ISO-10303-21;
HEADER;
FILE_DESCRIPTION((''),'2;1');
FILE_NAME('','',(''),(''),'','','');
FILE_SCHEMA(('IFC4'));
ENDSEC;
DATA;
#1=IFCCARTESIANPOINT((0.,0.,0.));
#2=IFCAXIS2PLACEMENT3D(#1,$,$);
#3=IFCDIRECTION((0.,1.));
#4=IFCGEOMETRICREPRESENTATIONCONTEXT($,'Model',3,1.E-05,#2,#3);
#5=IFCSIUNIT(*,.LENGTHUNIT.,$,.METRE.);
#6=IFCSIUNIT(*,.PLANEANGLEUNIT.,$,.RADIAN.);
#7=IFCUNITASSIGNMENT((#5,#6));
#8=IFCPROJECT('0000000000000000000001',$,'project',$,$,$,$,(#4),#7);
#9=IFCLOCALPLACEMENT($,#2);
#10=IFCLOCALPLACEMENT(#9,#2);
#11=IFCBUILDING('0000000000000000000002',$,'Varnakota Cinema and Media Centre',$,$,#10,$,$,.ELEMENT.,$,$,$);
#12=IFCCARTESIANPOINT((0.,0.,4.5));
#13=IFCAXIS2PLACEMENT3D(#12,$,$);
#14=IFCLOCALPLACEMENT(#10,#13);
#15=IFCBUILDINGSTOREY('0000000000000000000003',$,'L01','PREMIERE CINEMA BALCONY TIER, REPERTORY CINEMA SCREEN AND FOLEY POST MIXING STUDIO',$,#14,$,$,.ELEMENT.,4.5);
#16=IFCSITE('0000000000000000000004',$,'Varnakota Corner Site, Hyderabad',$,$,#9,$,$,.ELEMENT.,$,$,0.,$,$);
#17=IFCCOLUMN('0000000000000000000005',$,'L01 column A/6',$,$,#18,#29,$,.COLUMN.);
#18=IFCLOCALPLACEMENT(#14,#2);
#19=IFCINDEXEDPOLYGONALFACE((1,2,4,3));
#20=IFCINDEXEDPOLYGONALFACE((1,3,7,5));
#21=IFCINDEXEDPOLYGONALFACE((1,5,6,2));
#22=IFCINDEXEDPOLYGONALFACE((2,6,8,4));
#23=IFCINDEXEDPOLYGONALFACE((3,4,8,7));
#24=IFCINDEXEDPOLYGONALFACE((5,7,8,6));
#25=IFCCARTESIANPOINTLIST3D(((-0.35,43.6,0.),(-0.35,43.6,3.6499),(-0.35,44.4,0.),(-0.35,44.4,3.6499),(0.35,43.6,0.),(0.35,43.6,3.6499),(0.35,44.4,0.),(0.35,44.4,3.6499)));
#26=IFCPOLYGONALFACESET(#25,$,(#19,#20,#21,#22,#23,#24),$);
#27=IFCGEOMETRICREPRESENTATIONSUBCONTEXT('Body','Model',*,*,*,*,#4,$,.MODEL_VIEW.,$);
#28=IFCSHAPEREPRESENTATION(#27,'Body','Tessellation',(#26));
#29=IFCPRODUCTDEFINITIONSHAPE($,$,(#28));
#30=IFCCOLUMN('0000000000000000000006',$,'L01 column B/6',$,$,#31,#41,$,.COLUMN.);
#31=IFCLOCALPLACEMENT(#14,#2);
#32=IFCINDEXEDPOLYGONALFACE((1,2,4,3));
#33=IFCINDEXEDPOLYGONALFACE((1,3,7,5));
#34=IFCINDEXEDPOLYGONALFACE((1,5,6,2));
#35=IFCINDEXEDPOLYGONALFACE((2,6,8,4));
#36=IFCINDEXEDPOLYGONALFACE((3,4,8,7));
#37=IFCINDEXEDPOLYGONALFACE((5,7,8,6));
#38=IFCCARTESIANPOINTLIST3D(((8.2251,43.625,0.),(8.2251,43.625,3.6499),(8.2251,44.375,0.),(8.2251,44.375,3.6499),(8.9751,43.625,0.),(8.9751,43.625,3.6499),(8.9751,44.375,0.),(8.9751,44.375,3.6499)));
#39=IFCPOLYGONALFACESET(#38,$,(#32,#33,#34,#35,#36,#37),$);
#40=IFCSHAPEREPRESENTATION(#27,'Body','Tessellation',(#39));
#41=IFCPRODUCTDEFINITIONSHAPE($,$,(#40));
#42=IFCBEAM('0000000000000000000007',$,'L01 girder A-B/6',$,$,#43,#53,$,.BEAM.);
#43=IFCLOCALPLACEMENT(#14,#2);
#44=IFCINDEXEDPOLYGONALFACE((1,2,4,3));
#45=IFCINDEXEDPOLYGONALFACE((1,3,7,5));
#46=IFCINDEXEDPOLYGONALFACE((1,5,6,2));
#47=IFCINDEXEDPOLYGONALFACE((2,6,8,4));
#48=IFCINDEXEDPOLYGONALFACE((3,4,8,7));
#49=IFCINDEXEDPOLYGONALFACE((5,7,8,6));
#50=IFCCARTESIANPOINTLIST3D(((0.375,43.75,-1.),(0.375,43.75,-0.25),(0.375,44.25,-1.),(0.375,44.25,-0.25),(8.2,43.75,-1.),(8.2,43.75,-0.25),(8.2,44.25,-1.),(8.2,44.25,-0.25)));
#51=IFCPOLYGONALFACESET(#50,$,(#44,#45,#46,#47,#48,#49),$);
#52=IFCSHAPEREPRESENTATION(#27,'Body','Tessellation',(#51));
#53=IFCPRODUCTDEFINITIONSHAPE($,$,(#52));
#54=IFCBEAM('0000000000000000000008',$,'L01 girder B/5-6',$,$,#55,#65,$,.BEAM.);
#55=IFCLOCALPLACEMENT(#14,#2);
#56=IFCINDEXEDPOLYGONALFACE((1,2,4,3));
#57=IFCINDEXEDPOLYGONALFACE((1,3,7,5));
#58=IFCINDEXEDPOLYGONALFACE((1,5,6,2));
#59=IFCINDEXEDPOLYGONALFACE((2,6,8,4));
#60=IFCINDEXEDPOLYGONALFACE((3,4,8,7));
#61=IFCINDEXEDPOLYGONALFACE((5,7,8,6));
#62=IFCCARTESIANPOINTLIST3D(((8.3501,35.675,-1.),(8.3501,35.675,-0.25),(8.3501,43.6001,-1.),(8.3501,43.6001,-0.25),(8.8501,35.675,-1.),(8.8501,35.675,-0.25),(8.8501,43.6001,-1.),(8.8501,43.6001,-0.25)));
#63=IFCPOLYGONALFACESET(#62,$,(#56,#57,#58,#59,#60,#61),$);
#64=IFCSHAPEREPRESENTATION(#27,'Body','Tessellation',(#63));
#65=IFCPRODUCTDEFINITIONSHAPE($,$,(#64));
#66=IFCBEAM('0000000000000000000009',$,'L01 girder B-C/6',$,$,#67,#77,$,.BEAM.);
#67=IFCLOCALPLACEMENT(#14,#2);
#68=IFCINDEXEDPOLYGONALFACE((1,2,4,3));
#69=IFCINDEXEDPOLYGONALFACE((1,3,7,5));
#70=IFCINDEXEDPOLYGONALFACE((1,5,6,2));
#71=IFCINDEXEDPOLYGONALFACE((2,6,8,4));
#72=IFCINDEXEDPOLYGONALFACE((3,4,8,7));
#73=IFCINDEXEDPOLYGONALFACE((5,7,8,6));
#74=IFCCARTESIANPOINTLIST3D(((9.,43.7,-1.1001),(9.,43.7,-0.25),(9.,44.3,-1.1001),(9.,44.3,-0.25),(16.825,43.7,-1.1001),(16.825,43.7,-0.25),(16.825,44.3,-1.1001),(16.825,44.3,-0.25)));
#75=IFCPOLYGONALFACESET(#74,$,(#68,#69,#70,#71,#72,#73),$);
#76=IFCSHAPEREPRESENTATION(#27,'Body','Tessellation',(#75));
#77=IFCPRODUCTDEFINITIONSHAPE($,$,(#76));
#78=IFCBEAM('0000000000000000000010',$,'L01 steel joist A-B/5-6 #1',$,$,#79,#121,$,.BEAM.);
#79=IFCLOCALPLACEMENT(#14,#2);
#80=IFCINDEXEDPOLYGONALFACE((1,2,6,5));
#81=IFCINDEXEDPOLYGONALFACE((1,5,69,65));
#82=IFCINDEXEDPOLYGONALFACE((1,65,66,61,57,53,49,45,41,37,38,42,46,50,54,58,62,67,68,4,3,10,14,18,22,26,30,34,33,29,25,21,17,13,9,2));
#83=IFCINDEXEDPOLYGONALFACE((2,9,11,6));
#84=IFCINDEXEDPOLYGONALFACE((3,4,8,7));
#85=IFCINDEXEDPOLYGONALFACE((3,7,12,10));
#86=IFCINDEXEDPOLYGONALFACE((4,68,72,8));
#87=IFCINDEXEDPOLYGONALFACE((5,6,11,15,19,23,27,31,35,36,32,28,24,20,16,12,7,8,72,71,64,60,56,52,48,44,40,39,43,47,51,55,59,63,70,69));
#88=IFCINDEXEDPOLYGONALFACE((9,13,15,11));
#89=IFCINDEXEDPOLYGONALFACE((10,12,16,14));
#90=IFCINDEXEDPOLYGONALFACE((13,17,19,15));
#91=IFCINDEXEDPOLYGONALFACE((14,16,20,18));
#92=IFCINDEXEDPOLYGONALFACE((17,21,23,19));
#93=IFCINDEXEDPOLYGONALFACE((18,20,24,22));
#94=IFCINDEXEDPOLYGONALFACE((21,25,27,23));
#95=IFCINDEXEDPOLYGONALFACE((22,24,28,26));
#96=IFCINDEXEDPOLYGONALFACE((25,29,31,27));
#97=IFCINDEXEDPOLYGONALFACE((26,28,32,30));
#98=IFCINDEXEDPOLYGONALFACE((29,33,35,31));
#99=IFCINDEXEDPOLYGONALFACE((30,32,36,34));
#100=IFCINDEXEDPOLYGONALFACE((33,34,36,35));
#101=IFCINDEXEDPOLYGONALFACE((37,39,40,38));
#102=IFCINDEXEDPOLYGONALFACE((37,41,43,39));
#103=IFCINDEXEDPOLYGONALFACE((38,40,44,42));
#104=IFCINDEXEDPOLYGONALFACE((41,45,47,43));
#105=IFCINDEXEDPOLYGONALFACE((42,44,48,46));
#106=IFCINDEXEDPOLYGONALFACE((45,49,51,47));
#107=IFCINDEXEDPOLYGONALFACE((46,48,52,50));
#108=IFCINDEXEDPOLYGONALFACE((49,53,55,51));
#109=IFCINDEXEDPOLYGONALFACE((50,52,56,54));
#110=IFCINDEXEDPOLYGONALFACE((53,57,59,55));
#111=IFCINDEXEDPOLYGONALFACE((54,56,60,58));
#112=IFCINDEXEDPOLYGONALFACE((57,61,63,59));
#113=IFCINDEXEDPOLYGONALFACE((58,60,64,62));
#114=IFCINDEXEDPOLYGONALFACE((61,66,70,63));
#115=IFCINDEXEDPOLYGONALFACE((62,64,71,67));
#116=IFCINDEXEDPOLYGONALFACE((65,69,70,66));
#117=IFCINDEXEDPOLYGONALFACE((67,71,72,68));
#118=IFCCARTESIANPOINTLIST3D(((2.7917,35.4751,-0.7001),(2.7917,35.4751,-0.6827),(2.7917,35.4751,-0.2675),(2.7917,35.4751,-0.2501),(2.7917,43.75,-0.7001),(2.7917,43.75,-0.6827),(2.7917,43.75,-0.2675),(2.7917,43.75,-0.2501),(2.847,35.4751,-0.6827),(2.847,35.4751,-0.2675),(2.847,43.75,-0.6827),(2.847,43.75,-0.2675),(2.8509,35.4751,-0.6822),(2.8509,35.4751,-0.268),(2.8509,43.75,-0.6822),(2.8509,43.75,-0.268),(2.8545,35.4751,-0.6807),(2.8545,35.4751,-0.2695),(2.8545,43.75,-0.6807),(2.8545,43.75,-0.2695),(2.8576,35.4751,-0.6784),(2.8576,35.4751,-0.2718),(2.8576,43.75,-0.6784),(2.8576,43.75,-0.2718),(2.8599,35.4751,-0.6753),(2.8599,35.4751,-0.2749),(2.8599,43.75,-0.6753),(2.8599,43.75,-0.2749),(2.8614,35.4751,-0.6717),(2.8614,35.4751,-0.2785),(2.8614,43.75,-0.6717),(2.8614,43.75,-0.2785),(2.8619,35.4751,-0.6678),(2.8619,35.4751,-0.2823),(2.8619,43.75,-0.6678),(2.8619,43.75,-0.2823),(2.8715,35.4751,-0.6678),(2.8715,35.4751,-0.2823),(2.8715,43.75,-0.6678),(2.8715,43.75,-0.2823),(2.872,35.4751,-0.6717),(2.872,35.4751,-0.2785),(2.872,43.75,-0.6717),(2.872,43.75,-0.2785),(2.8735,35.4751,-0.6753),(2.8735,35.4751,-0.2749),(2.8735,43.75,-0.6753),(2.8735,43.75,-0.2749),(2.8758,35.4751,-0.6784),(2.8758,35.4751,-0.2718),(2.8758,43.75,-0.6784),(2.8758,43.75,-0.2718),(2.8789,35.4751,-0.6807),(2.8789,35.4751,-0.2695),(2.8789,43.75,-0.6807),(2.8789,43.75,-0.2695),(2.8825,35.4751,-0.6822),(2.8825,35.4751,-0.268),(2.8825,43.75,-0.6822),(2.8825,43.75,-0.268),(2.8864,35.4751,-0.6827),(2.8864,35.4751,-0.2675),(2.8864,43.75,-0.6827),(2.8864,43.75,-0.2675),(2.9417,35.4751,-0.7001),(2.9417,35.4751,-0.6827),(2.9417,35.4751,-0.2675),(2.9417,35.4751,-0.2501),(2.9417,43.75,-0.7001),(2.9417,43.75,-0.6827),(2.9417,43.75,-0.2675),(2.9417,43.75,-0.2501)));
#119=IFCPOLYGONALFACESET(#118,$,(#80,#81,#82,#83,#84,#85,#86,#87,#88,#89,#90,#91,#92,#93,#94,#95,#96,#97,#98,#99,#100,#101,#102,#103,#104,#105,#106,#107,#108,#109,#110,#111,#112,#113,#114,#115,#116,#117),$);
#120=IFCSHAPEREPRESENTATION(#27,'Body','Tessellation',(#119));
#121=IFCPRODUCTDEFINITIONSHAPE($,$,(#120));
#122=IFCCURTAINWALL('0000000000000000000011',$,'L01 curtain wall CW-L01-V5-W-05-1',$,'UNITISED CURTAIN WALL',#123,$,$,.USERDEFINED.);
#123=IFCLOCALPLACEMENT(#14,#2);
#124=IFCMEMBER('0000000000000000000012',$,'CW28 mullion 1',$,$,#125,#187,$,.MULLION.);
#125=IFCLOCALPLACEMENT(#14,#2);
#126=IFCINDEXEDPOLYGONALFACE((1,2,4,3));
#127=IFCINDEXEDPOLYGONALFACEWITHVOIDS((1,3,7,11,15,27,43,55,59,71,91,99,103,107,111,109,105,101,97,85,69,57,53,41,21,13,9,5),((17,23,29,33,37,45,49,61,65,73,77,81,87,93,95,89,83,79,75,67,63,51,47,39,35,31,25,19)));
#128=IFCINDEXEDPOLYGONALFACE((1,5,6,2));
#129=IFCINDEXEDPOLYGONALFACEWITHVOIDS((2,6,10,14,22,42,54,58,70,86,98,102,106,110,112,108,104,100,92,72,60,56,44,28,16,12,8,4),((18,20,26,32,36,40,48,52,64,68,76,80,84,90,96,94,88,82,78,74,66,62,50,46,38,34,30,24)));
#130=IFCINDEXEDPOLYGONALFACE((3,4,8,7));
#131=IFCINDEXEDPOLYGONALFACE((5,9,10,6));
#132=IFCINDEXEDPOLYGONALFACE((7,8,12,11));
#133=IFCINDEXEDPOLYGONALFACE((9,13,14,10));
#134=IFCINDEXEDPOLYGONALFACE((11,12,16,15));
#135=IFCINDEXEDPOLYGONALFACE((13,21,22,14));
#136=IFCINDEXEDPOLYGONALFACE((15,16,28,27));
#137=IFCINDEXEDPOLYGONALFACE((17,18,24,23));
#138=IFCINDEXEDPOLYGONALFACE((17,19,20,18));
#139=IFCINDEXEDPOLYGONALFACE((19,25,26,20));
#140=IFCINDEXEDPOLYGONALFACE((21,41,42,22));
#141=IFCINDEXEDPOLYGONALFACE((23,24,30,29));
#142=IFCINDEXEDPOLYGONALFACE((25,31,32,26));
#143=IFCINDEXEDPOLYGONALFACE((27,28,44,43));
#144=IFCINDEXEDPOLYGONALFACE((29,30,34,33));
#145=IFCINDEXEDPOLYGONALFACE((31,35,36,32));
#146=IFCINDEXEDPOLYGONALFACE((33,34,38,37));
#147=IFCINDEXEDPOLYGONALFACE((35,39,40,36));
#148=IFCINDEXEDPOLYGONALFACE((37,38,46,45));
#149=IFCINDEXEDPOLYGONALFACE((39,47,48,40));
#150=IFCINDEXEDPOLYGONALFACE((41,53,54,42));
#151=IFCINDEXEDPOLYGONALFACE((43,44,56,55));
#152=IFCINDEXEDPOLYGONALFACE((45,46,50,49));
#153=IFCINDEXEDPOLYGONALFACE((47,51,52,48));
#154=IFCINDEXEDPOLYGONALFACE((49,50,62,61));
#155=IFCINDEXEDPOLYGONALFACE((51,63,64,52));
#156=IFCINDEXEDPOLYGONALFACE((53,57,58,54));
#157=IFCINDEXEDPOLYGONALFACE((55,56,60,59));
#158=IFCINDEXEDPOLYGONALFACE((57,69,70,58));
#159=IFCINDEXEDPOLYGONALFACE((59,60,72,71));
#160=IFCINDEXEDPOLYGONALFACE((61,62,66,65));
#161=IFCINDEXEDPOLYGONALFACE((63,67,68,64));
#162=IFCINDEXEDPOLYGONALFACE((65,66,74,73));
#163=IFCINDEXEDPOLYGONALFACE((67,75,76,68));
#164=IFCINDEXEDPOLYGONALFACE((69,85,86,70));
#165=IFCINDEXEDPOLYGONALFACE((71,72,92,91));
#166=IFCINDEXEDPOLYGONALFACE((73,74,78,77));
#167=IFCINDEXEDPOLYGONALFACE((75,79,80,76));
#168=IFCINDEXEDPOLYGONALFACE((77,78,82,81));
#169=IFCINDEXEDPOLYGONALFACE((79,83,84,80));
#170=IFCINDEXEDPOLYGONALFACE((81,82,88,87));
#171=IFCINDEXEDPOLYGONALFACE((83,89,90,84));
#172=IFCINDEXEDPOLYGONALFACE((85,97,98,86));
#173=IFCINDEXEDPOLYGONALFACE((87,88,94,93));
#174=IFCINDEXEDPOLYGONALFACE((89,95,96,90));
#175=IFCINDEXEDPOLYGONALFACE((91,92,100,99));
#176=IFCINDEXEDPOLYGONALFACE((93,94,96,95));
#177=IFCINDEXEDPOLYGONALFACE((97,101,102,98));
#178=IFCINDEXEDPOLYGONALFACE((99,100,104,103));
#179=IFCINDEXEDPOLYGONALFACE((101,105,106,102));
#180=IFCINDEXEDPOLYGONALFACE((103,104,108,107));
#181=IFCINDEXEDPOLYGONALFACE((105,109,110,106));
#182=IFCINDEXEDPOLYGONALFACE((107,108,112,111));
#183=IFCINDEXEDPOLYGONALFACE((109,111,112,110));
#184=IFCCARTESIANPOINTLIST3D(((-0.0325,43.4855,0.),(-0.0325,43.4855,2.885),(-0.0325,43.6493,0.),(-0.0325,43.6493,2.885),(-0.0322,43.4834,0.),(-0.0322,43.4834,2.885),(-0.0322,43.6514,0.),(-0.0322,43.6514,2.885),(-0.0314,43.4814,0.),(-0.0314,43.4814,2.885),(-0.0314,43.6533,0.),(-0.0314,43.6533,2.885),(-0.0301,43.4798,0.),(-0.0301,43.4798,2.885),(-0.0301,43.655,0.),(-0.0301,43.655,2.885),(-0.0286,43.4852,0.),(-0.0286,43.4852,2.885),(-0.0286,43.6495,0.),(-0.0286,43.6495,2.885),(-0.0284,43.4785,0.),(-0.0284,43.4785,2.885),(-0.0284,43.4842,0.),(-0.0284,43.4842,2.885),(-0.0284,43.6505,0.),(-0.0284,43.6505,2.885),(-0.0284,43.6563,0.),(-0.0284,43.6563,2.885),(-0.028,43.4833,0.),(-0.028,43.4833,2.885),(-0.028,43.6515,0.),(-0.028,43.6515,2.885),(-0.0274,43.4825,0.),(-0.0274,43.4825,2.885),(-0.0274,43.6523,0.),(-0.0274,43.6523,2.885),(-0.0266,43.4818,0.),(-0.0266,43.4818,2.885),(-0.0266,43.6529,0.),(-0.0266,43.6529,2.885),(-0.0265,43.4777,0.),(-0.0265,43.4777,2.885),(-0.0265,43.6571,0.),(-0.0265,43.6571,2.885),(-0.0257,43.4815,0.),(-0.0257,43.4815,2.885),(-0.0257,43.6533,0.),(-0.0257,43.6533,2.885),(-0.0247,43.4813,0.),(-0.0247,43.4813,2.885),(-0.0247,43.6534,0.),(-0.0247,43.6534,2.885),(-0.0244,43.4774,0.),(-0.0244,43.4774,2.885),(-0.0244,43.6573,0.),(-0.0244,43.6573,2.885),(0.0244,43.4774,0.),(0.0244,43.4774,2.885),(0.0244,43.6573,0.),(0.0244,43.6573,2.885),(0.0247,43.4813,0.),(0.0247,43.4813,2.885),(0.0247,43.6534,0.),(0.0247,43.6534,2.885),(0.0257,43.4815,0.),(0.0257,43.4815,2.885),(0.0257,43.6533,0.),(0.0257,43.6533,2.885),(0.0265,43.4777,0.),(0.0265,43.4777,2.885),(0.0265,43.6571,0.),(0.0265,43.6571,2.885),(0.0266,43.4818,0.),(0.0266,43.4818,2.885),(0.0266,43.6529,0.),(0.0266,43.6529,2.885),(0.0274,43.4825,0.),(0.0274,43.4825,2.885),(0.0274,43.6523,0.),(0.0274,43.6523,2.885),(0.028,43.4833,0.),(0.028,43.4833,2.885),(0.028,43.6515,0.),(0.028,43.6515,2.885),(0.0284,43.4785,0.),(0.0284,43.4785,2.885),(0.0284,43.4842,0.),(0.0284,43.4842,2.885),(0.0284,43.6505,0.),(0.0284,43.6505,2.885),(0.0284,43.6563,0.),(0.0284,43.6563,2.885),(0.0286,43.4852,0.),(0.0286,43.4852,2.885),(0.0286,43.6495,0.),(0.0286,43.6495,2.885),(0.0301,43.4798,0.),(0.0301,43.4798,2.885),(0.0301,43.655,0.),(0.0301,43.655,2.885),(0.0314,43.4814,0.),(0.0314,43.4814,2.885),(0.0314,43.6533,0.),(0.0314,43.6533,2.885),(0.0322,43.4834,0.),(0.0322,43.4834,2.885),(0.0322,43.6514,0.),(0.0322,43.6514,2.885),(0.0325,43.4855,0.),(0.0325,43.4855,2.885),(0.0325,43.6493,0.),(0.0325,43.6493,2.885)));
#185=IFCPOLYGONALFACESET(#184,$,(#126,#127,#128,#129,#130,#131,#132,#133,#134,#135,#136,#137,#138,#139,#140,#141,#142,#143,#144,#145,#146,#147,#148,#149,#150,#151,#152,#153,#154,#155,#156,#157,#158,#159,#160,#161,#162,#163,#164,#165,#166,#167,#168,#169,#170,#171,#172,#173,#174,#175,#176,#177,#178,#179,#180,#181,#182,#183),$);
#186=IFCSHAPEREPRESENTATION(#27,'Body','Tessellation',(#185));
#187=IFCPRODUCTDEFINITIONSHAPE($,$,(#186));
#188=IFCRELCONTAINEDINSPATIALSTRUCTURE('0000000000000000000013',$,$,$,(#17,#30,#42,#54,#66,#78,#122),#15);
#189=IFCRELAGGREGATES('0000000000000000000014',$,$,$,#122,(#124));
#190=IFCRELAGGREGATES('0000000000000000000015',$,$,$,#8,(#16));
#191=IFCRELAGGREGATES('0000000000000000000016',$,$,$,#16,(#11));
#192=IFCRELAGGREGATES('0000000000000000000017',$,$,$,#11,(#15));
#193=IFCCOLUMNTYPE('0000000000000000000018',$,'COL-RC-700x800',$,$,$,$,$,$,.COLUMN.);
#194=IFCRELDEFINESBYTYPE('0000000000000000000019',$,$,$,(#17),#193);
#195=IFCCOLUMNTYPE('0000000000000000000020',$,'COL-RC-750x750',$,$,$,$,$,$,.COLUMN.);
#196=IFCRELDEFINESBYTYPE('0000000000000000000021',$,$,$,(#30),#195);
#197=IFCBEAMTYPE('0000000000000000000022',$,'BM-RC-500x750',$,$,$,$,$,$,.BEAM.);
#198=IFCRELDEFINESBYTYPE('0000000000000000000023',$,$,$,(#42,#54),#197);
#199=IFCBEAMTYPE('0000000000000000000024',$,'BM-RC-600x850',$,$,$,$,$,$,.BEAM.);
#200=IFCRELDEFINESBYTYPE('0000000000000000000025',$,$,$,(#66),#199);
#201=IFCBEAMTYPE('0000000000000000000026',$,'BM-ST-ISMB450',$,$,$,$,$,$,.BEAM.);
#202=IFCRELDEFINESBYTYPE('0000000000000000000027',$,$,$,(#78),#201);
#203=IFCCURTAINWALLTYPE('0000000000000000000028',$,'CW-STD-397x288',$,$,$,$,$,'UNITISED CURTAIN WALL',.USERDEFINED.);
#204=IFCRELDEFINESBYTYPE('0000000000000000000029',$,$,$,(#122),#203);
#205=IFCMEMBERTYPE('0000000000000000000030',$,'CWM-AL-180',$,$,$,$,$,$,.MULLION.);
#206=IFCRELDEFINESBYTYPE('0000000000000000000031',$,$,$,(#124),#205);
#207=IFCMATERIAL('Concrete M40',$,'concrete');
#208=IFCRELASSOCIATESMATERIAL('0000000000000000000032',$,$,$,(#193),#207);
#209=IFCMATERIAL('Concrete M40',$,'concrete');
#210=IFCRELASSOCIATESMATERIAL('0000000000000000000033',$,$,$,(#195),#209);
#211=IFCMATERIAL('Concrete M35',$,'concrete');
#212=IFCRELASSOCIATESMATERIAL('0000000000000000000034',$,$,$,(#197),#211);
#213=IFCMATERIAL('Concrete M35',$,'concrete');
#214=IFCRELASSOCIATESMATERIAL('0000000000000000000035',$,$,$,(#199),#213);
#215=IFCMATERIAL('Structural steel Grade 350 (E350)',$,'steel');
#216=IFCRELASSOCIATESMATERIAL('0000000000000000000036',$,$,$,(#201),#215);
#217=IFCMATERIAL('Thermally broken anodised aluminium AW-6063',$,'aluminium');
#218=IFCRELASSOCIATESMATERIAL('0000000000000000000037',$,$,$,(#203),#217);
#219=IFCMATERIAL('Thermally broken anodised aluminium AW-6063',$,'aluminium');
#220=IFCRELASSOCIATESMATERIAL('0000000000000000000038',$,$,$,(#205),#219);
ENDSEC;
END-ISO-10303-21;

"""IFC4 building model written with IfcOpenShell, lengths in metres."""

from ifc_helpers import new_model, si_unit, direction, frame, origin, origin_2d, place, context, subcontext, project, spatial, rectangle, hollow_rectangle, i_section, extrude, material, material_profile, profile_set, type_object, element, aggregate, save


model = new_model("IFC4")

# Units and contexts
model_context = context("Model", 3, precision=1e-05, world=origin(), true_north=direction((0.0, 1.0)))
body_context = subcontext(model_context, "Body", "Model", "MODEL_VIEW")
ifc_project = project(units=[si_unit("LENGTHUNIT", "METRE"), si_unit("PLANEANGLEUNIT", "RADIAN")], contexts=[model_context])

# Site, building, storey
site_placement = place(None, origin())
site = spatial("IfcSite", under=ifc_project, at=site_placement, Name="Varnakota Corner Site, Hyderabad", CompositionType="ELEMENT", RefElevation=0.0)
building_placement = place(site_placement, origin())
building = spatial("IfcBuilding", under=site, at=building_placement, Name="Varnakota Cinema and Media Centre", CompositionType="ELEMENT")
storey_placement = place(building_placement, frame((0.0, 0.0, 4.5)))
storey = spatial("IfcBuildingStorey", under=building, at=storey_placement, Name="L01", Description="PREMIERE CINEMA BALCONY TIER, REPERTORY CINEMA SCREEN AND FOLEY POST MIXING STUDIO", CompositionType="ELEMENT", Elevation=4.5)

# Columns
ifc_material_1 = material(Name="Concrete M40", Category="concrete")
ifc_material_profile_1 = material_profile(ifc_material_1, rectangle(XDim=0.7, YDim=0.8, at=origin_2d()), Name="RC 700x800")
ifc_profile_set_1 = profile_set([ifc_material_profile_1], Name="Concrete M40")
column_type_1 = type_object("IfcColumnType", Name="COL-RC-700x800", PredefinedType="COLUMN", material=ifc_profile_set_1)
column_1_placement = place(storey_placement, frame((0.0, 44.0, 0.0), z_axis=(0.0, 0.0, 1.0), x_axis=(1.0, 0.0, 0.0)))
element("IfcColumn", 1, at=column_1_placement, inside=storey, type_object=column_type_1, Name="L01 column A/6", PredefinedType="COLUMN", context=body_context, shape_type="SweptSolid", body=[
    extrude(rectangle(XDim=0.7, YDim=0.8, at=origin_2d()), origin(), (0.0, 0.0, 1.0), 3.6499),
])
ifc_material_2 = material(Name="Concrete M40", Category="concrete")
ifc_material_profile_2 = material_profile(ifc_material_2, rectangle(XDim=0.75, YDim=0.75, at=origin_2d()), Name="RC 750x750")
ifc_profile_set_2 = profile_set([ifc_material_profile_2], Name="Concrete M40")
column_type_2 = type_object("IfcColumnType", Name="COL-RC-750x750", PredefinedType="COLUMN", material=ifc_profile_set_2)
column_2_placement = place(storey_placement, frame((8.6001, 44.0, 0.0), z_axis=(0.0, 0.0, 1.0), x_axis=(1.0, 0.0, 0.0)))
element("IfcColumn", 2, at=column_2_placement, inside=storey, type_object=column_type_2, Name="L01 column B/6", PredefinedType="COLUMN", context=body_context, shape_type="SweptSolid", body=[
    extrude(rectangle(XDim=0.75, YDim=0.75, at=origin_2d()), origin(), (0.0, 0.0, 1.0), 3.6499),
])

# Beams
ifc_material_3 = material(Name="Concrete M35", Category="concrete")
ifc_material_profile_3 = material_profile(ifc_material_3, rectangle(XDim=0.5, YDim=0.75, at=origin_2d()), Name="RCB 500x750")
ifc_profile_set_3 = profile_set([ifc_material_profile_3], Name="Concrete M35")
beam_type_1 = type_object("IfcBeamType", Name="BM-RC-500x750", PredefinedType="BEAM", material=ifc_profile_set_3)
beam_1_placement = place(storey_placement, frame((0.375, 44.0, -0.625), z_axis=(1.0, 0.0, 0.0), x_axis=(0.0, 1.0, 0.0)))
element("IfcBeam", 3, at=beam_1_placement, inside=storey, type_object=beam_type_1, Name="L01 girder A-B/6", PredefinedType="BEAM", context=body_context, shape_type="SweptSolid", body=[
    extrude(rectangle(XDim=0.5, YDim=0.75, at=origin_2d()), origin(), (0.0, 0.0, 1.0), 7.825),
])
beam_2_placement = place(storey_placement, frame((8.6001, 35.675, -0.625), z_axis=(0.0, 1.0, 0.0), x_axis=(-1.0, 0.0, 0.0)))
element("IfcBeam", 4, at=beam_2_placement, inside=storey, type_object=beam_type_1, Name="L01 girder B/5-6", PredefinedType="BEAM", context=body_context, shape_type="SweptSolid", body=[
    extrude(rectangle(XDim=0.5, YDim=0.75, at=origin_2d()), origin(), (0.0, 0.0, 1.0), 7.925),
])
ifc_material_4 = material(Name="Concrete M35", Category="concrete")
ifc_material_profile_4 = material_profile(ifc_material_4, rectangle(XDim=0.6001, YDim=0.8501, at=origin_2d()), Name="RCB 600x850")
ifc_profile_set_4 = profile_set([ifc_material_profile_4], Name="Concrete M35")
beam_type_2 = type_object("IfcBeamType", Name="BM-RC-600x850", PredefinedType="BEAM", material=ifc_profile_set_4)
beam_3_placement = place(storey_placement, frame((9.0, 44.0, -0.675), z_axis=(1.0, 0.0, 0.0), x_axis=(0.0, 1.0, 0.0)))
element("IfcBeam", 5, at=beam_3_placement, inside=storey, type_object=beam_type_2, Name="L01 girder B-C/6", PredefinedType="BEAM", context=body_context, shape_type="SweptSolid", body=[
    extrude(rectangle(XDim=0.6001, YDim=0.8501, at=origin_2d()), origin(), (0.0, 0.0, 1.0), 7.825),
])
ifc_material_5 = material(Name="Structural steel Grade 350 (E350)", Category="steel")
ifc_material_profile_5 = material_profile(ifc_material_5, i_section(OverallWidth=0.1499, OverallDepth=0.45, WebThickness=0.0095, FlangeThickness=0.0173, FilletRadius=0.0149, at=origin_2d()), Name="ISMB 450")
ifc_profile_set_5 = profile_set([ifc_material_profile_5], Name="Structural steel Grade 350 (E350)")
beam_type_3 = type_object("IfcBeamType", Name="BM-ST-ISMB450", PredefinedType="BEAM", material=ifc_profile_set_5)
beam_4_placement = place(storey_placement, frame((2.8667, 35.4751, -0.4751), z_axis=(0.0, 1.0, 0.0), x_axis=(-1.0, 0.0, 0.0)))
element("IfcBeam", 6, at=beam_4_placement, inside=storey, type_object=beam_type_3, Name="L01 steel joist A-B/5-6 #1", PredefinedType="BEAM", context=body_context, shape_type="SweptSolid", body=[
    extrude(i_section(OverallWidth=0.1499, OverallDepth=0.45, WebThickness=0.0095, FlangeThickness=0.0173, FilletRadius=0.0149, at=origin_2d()), origin(), (0.0, 0.0, 1.0), 8.2749),
])

# Curtain wall, member
ifc_material_6 = material(Name="Thermally broken anodised aluminium AW-6063", Category="aluminium")
curtain_wall_type = type_object("IfcCurtainWallType", Name="CW-STD-397x288", ElementType="UNITISED CURTAIN WALL", PredefinedType="USERDEFINED", material=ifc_material_6)
curtain_wall_placement = place(storey_placement, origin())
curtain_wall = element("IfcCurtainWall", 7, at=curtain_wall_placement, inside=storey, type_object=curtain_wall_type, Name="L01 curtain wall CW-L01-V5-W-05-1", ObjectType="UNITISED CURTAIN WALL", PredefinedType="USERDEFINED")
ifc_material_7 = material(Name="Thermally broken anodised aluminium AW-6063", Category="aluminium")
ifc_material_profile_6 = material_profile(ifc_material_7, hollow_rectangle(XDim=0.0649, YDim=0.1799, WallThickness=0.0039, InnerFilletRadius=0.0039, OuterFilletRadius=0.0081, at=origin_2d()), Name="AL-MULLION 180x65x4")
ifc_profile_set_6 = profile_set([ifc_material_profile_6], Name="Thermally broken anodised aluminium AW-6063")
member_type_1 = type_object("IfcMemberType", Name="CWM-AL-180", PredefinedType="MULLION", material=ifc_profile_set_6)
member_1_placement = place(storey_placement, frame((0.0, 43.5674, 0.0), z_axis=(0.0, 0.0, 1.0), x_axis=(1.0, 0.0, 0.0)))
member_1 = element("IfcMember", 8, at=member_1_placement, type_object=member_type_1, Name="CW28 mullion 1", PredefinedType="MULLION", context=body_context, shape_type="SweptSolid", body=[
    extrude(hollow_rectangle(XDim=0.0649, YDim=0.1799, WallThickness=0.0039, InnerFilletRadius=0.0039, OuterFilletRadius=0.0081, at=origin_2d()), origin(), (0.0, 0.0, 1.0), 2.885),
])
aggregate(curtain_wall, [member_1])

save(model, "model.ifc")
